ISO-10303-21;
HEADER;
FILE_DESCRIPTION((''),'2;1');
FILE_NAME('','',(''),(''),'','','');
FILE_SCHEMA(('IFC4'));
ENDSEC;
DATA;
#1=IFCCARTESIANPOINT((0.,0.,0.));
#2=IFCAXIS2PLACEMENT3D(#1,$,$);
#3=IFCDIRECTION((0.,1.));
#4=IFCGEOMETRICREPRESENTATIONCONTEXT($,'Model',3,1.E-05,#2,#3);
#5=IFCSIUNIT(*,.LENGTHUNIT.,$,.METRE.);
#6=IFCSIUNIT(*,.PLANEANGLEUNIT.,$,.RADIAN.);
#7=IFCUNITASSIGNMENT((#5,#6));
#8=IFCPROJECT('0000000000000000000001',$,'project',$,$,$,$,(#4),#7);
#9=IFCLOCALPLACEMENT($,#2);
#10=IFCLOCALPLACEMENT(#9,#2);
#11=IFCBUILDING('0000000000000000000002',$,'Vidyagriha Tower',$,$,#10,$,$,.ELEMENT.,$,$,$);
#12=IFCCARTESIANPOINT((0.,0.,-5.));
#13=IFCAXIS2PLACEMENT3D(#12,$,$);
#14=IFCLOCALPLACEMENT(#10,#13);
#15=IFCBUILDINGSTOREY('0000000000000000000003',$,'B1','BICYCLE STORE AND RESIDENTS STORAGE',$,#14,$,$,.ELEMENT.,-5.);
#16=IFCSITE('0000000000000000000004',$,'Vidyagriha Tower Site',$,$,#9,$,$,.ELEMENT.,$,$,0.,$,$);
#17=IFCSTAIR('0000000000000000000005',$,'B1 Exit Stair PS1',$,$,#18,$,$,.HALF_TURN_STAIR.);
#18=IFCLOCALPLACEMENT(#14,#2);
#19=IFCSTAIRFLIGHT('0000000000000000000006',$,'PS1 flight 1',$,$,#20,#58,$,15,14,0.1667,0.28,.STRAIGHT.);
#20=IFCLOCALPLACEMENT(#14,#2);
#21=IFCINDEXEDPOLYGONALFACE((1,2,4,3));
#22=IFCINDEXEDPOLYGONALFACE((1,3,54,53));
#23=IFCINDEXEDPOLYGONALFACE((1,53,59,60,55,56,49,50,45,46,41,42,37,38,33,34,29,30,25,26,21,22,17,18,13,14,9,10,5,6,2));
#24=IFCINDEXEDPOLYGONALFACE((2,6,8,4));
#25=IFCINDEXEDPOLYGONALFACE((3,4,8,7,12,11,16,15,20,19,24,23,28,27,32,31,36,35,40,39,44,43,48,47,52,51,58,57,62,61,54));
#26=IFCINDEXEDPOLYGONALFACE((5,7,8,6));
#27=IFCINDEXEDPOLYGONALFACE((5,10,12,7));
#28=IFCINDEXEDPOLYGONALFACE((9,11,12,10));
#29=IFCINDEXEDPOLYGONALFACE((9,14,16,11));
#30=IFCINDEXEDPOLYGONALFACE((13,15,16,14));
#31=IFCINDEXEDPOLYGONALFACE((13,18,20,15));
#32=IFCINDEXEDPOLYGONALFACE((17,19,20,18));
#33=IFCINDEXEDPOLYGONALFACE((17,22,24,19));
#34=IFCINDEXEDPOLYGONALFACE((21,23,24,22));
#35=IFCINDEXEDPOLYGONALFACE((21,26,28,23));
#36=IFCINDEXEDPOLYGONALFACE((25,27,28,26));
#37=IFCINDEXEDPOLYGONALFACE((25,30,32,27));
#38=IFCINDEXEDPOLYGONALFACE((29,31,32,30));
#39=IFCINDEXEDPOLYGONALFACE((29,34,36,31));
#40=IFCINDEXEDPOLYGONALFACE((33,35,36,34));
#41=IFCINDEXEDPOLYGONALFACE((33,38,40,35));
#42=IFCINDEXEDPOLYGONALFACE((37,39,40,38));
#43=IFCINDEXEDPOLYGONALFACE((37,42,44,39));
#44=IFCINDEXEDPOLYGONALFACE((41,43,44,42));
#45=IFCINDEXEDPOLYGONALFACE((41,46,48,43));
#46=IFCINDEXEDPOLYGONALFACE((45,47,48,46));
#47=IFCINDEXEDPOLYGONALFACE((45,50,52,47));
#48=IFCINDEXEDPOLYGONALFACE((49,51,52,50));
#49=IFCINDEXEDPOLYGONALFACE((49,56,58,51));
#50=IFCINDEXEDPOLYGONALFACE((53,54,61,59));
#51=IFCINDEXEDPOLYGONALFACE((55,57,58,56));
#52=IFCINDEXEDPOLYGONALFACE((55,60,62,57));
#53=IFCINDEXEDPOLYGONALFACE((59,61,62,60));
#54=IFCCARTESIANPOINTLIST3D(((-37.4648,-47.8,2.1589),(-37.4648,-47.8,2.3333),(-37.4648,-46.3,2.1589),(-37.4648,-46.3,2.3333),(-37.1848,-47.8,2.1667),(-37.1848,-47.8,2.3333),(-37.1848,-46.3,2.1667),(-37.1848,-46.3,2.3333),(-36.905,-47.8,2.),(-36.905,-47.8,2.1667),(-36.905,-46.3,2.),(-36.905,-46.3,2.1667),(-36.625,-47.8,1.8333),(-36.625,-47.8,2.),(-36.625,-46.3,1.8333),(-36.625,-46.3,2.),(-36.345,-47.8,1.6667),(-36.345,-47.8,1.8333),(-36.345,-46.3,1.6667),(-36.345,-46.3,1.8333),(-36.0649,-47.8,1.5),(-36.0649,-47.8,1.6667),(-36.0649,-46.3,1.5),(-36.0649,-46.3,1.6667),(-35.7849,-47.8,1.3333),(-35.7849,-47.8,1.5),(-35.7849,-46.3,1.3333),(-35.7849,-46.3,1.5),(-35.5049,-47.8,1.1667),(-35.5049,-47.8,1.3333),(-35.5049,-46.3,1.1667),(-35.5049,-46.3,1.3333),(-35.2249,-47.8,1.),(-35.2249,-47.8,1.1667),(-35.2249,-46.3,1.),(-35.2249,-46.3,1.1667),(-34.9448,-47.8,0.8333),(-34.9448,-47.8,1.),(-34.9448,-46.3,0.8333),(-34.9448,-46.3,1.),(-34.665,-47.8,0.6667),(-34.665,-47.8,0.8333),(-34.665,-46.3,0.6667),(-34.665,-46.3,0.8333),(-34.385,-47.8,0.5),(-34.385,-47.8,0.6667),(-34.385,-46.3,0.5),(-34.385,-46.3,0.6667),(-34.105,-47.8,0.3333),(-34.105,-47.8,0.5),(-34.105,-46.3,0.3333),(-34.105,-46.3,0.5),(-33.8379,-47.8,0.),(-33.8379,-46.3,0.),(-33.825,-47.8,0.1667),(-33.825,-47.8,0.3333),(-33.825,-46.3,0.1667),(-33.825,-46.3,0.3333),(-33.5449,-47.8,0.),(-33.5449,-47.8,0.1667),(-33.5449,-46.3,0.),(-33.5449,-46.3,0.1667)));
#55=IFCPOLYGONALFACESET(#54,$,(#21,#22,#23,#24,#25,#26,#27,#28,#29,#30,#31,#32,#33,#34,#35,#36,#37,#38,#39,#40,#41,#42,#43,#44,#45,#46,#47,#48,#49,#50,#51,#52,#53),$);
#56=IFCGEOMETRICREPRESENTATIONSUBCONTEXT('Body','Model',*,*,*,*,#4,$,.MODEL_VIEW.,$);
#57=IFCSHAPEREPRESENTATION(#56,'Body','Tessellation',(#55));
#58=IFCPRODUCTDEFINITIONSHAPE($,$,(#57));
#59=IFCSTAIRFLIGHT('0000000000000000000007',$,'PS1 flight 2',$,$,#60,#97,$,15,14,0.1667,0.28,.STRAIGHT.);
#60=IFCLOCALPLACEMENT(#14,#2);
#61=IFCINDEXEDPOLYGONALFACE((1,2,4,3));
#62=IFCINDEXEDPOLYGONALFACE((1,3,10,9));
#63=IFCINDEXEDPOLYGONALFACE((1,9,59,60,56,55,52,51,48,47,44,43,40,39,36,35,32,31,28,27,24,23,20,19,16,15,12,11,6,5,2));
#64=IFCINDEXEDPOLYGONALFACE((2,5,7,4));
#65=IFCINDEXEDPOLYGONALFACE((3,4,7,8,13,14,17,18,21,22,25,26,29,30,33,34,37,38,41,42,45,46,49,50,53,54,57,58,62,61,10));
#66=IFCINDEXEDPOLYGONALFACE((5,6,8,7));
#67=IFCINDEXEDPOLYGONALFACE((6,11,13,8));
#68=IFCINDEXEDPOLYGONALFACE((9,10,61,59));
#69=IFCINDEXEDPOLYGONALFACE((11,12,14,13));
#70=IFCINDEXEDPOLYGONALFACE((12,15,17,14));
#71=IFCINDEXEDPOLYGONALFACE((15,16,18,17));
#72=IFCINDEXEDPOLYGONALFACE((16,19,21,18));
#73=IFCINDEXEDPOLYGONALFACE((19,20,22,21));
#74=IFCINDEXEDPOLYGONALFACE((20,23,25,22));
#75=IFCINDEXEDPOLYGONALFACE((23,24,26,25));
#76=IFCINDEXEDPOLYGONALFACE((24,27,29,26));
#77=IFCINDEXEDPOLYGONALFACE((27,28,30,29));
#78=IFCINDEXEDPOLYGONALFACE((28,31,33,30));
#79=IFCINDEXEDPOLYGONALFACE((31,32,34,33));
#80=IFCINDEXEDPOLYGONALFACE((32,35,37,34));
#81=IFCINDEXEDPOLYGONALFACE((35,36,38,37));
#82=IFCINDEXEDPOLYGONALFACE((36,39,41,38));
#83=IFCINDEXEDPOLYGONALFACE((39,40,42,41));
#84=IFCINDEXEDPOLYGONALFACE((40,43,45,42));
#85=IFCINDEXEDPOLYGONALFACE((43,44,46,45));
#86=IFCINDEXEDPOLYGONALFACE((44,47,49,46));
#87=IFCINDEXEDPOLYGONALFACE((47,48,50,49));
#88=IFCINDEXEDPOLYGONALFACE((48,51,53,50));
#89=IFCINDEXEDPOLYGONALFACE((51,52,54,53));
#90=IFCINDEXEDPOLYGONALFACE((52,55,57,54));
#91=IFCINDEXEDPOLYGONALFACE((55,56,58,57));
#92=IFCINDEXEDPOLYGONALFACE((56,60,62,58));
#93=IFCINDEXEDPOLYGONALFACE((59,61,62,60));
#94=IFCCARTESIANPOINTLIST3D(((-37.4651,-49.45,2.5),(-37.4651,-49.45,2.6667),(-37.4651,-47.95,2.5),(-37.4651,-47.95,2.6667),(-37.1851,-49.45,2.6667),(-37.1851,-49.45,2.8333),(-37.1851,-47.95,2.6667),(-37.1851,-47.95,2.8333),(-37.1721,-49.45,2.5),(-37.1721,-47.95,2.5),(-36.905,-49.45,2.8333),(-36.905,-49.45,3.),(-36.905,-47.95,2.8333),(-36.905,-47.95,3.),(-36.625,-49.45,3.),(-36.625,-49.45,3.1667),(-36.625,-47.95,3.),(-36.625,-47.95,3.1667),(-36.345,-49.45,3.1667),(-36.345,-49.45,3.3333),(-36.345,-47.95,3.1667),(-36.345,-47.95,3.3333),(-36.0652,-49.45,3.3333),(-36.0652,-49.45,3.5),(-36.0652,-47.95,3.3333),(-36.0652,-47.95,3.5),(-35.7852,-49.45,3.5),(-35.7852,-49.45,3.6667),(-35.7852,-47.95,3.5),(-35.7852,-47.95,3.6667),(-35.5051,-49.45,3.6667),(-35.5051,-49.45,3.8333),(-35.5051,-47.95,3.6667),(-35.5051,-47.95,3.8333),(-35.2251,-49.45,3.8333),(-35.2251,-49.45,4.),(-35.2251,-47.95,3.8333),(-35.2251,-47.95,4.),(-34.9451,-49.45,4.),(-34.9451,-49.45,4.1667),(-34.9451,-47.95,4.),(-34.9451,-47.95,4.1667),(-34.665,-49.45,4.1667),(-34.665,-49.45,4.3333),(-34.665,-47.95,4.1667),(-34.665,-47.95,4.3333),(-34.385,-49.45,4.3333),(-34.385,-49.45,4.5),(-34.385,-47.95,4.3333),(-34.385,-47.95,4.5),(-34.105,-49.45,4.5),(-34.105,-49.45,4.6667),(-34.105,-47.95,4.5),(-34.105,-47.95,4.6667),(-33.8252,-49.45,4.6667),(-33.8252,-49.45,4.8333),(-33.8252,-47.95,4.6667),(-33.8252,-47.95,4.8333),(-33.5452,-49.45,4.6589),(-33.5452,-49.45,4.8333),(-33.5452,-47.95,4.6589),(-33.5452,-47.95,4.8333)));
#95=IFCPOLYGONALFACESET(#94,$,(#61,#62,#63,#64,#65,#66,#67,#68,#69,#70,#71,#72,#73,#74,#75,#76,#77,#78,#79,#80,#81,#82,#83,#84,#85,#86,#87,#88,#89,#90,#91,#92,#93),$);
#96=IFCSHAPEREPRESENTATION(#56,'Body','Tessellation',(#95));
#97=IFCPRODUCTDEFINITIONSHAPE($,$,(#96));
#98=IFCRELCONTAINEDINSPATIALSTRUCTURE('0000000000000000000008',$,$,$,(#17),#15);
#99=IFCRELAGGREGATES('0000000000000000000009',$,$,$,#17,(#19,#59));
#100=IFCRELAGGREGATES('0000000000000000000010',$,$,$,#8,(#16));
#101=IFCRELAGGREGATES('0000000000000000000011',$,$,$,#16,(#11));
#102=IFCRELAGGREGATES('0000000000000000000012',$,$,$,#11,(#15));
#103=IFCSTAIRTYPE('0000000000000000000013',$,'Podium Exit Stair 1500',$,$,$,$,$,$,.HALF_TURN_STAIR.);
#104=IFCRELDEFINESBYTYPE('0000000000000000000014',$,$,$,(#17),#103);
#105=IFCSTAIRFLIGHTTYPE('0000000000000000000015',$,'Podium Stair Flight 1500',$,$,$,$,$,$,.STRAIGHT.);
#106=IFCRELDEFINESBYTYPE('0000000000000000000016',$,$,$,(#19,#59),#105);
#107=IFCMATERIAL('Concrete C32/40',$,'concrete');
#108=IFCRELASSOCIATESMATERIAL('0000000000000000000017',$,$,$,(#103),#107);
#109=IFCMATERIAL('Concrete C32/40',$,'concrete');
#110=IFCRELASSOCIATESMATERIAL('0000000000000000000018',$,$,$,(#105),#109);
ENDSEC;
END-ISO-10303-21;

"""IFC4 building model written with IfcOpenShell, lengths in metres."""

from ifc_helpers import new_model, si_unit, direction, frame, origin, place, context, subcontext, project, spatial, polyline, outline, extrude, material, type_object, element, aggregate, save


model = new_model("IFC4")

# Units and contexts
model_context = context("Model", 3, precision=1e-05, world=origin(), true_north=direction((0.0, 1.0)))
body_context = subcontext(model_context, "Body", "Model", "MODEL_VIEW")
ifc_project = project(units=[si_unit("LENGTHUNIT", "METRE"), si_unit("PLANEANGLEUNIT", "RADIAN")], contexts=[model_context])

# Site, building, storey
site_placement = place(None, origin())
site = spatial("IfcSite", under=ifc_project, at=site_placement, Name="Vidyagriha Tower Site", CompositionType="ELEMENT", RefElevation=0.0)
building_placement = place(site_placement, origin())
building = spatial("IfcBuilding", under=site, at=building_placement, Name="Vidyagriha Tower", CompositionType="ELEMENT")
storey_placement = place(building_placement, frame((0.0, 0.0, -5.0)))
storey = spatial("IfcBuildingStorey", under=building, at=storey_placement, Name="B1", Description="BICYCLE STORE AND RESIDENTS STORAGE", CompositionType="ELEMENT", Elevation=-5.0)

# Stair, stair flights
ifc_material_1 = material(Name="Concrete C32/40", Category="concrete")
stair_type = type_object("IfcStairType", Name="Podium Exit Stair 1500", PredefinedType="HALF_TURN_STAIR", material=ifc_material_1)
stair_placement = place(storey_placement, origin())
stair = element("IfcStair", 1, at=stair_placement, inside=storey, type_object=stair_type, Name="B1 Exit Stair PS1", PredefinedType="HALF_TURN_STAIR")
ifc_material_2 = material(Name="Concrete C32/40", Category="concrete")
stair_flight_type = type_object("IfcStairFlightType", Name="Podium Stair Flight 1500", PredefinedType="STRAIGHT", material=ifc_material_2)
stair_flight_1_placement = place(storey_placement, frame((-33.5449, -47.05, 0.0), z_axis=(0.0, 0.0, 1.0), x_axis=(-1.0, 0.0, 0.0)))
stair_flight_1 = element("IfcStairFlight", 2, at=stair_flight_1_placement, type_object=stair_flight_type, Name="PS1 flight 1", NumberOfRisers=15, NumberOfTreads=14, PredefinedType="STRAIGHT", RiserHeight=0.1667, TreadLength=0.28, context=body_context, shape_type="SweptSolid", body=[
    extrude(outline(polyline([(0.0, 0.0), (0.0, 0.1667), (0.28, 0.1667), (0.28, 0.3333), (0.5601, 0.3333), (0.5601, 0.5), (0.8401, 0.5), (0.8401, 0.6667), (1.1201, 0.6667), (1.1201, 0.8333), (1.3999, 0.8333), (1.3999, 1.0), (1.6799, 1.0), (1.6799, 1.1667), (1.96, 1.1667), (1.96, 1.3333), (2.24, 1.3333), (2.24, 1.5), (2.52, 1.5), (2.52, 1.6667), (2.8, 1.6667), (2.8, 1.8333), (3.0801, 1.8333), (3.0801, 2.0), (3.3601, 2.0), (3.3601, 2.1667), (3.6399, 2.1667), (3.6399, 2.3333), (3.9199, 2.3333), (3.9199, 2.5), (3.9199, 2.1589), (0.293, 0.0), (0.0, 0.0)])), frame((0.0, 0.75, 0.0), z_axis=(0.0, -1.0, 0.0), x_axis=(1.0, 0.0, 0.0)), (0.0, 0.0, 1.0), 1.5),
])
stair_flight_2_placement = place(storey_placement, frame((-37.4651, -48.7, 2.5)))
stair_flight_2 = element("IfcStairFlight", 3, at=stair_flight_2_placement, type_object=stair_flight_type, Name="PS1 flight 2", NumberOfRisers=15, NumberOfTreads=14, PredefinedType="STRAIGHT", RiserHeight=0.1667, TreadLength=0.28, context=body_context, shape_type="SweptSolid", body=[
    extrude(outline(polyline([(0.0, 0.0), (0.0, 0.1667), (0.28, 0.1667), (0.28, 0.3333), (0.5601, 0.3333), (0.5601, 0.5), (0.8401, 0.5), (0.8401, 0.6667), (1.1201, 0.6667), (1.1201, 0.8333), (1.3999, 0.8333), (1.3999, 1.0), (1.6799, 1.0), (1.6799, 1.1667), (1.96, 1.1667), (1.96, 1.3333), (2.24, 1.3333), (2.24, 1.5), (2.52, 1.5), (2.52, 1.6667), (2.8, 1.6667), (2.8, 1.8333), (3.0801, 1.8333), (3.0801, 2.0), (3.3601, 2.0), (3.3601, 2.1667), (3.6399, 2.1667), (3.6399, 2.3333), (3.9199, 2.3333), (3.9199, 2.5), (3.9199, 2.1589), (0.293, 0.0), (0.0, 0.0)])), frame((0.0, 0.75, 0.0), z_axis=(0.0, -1.0, 0.0), x_axis=(1.0, 0.0, 0.0)), (0.0, 0.0, 1.0), 1.5),
])
aggregate(stair, [stair_flight_1, stair_flight_2])

save(model, "model.ifc")
